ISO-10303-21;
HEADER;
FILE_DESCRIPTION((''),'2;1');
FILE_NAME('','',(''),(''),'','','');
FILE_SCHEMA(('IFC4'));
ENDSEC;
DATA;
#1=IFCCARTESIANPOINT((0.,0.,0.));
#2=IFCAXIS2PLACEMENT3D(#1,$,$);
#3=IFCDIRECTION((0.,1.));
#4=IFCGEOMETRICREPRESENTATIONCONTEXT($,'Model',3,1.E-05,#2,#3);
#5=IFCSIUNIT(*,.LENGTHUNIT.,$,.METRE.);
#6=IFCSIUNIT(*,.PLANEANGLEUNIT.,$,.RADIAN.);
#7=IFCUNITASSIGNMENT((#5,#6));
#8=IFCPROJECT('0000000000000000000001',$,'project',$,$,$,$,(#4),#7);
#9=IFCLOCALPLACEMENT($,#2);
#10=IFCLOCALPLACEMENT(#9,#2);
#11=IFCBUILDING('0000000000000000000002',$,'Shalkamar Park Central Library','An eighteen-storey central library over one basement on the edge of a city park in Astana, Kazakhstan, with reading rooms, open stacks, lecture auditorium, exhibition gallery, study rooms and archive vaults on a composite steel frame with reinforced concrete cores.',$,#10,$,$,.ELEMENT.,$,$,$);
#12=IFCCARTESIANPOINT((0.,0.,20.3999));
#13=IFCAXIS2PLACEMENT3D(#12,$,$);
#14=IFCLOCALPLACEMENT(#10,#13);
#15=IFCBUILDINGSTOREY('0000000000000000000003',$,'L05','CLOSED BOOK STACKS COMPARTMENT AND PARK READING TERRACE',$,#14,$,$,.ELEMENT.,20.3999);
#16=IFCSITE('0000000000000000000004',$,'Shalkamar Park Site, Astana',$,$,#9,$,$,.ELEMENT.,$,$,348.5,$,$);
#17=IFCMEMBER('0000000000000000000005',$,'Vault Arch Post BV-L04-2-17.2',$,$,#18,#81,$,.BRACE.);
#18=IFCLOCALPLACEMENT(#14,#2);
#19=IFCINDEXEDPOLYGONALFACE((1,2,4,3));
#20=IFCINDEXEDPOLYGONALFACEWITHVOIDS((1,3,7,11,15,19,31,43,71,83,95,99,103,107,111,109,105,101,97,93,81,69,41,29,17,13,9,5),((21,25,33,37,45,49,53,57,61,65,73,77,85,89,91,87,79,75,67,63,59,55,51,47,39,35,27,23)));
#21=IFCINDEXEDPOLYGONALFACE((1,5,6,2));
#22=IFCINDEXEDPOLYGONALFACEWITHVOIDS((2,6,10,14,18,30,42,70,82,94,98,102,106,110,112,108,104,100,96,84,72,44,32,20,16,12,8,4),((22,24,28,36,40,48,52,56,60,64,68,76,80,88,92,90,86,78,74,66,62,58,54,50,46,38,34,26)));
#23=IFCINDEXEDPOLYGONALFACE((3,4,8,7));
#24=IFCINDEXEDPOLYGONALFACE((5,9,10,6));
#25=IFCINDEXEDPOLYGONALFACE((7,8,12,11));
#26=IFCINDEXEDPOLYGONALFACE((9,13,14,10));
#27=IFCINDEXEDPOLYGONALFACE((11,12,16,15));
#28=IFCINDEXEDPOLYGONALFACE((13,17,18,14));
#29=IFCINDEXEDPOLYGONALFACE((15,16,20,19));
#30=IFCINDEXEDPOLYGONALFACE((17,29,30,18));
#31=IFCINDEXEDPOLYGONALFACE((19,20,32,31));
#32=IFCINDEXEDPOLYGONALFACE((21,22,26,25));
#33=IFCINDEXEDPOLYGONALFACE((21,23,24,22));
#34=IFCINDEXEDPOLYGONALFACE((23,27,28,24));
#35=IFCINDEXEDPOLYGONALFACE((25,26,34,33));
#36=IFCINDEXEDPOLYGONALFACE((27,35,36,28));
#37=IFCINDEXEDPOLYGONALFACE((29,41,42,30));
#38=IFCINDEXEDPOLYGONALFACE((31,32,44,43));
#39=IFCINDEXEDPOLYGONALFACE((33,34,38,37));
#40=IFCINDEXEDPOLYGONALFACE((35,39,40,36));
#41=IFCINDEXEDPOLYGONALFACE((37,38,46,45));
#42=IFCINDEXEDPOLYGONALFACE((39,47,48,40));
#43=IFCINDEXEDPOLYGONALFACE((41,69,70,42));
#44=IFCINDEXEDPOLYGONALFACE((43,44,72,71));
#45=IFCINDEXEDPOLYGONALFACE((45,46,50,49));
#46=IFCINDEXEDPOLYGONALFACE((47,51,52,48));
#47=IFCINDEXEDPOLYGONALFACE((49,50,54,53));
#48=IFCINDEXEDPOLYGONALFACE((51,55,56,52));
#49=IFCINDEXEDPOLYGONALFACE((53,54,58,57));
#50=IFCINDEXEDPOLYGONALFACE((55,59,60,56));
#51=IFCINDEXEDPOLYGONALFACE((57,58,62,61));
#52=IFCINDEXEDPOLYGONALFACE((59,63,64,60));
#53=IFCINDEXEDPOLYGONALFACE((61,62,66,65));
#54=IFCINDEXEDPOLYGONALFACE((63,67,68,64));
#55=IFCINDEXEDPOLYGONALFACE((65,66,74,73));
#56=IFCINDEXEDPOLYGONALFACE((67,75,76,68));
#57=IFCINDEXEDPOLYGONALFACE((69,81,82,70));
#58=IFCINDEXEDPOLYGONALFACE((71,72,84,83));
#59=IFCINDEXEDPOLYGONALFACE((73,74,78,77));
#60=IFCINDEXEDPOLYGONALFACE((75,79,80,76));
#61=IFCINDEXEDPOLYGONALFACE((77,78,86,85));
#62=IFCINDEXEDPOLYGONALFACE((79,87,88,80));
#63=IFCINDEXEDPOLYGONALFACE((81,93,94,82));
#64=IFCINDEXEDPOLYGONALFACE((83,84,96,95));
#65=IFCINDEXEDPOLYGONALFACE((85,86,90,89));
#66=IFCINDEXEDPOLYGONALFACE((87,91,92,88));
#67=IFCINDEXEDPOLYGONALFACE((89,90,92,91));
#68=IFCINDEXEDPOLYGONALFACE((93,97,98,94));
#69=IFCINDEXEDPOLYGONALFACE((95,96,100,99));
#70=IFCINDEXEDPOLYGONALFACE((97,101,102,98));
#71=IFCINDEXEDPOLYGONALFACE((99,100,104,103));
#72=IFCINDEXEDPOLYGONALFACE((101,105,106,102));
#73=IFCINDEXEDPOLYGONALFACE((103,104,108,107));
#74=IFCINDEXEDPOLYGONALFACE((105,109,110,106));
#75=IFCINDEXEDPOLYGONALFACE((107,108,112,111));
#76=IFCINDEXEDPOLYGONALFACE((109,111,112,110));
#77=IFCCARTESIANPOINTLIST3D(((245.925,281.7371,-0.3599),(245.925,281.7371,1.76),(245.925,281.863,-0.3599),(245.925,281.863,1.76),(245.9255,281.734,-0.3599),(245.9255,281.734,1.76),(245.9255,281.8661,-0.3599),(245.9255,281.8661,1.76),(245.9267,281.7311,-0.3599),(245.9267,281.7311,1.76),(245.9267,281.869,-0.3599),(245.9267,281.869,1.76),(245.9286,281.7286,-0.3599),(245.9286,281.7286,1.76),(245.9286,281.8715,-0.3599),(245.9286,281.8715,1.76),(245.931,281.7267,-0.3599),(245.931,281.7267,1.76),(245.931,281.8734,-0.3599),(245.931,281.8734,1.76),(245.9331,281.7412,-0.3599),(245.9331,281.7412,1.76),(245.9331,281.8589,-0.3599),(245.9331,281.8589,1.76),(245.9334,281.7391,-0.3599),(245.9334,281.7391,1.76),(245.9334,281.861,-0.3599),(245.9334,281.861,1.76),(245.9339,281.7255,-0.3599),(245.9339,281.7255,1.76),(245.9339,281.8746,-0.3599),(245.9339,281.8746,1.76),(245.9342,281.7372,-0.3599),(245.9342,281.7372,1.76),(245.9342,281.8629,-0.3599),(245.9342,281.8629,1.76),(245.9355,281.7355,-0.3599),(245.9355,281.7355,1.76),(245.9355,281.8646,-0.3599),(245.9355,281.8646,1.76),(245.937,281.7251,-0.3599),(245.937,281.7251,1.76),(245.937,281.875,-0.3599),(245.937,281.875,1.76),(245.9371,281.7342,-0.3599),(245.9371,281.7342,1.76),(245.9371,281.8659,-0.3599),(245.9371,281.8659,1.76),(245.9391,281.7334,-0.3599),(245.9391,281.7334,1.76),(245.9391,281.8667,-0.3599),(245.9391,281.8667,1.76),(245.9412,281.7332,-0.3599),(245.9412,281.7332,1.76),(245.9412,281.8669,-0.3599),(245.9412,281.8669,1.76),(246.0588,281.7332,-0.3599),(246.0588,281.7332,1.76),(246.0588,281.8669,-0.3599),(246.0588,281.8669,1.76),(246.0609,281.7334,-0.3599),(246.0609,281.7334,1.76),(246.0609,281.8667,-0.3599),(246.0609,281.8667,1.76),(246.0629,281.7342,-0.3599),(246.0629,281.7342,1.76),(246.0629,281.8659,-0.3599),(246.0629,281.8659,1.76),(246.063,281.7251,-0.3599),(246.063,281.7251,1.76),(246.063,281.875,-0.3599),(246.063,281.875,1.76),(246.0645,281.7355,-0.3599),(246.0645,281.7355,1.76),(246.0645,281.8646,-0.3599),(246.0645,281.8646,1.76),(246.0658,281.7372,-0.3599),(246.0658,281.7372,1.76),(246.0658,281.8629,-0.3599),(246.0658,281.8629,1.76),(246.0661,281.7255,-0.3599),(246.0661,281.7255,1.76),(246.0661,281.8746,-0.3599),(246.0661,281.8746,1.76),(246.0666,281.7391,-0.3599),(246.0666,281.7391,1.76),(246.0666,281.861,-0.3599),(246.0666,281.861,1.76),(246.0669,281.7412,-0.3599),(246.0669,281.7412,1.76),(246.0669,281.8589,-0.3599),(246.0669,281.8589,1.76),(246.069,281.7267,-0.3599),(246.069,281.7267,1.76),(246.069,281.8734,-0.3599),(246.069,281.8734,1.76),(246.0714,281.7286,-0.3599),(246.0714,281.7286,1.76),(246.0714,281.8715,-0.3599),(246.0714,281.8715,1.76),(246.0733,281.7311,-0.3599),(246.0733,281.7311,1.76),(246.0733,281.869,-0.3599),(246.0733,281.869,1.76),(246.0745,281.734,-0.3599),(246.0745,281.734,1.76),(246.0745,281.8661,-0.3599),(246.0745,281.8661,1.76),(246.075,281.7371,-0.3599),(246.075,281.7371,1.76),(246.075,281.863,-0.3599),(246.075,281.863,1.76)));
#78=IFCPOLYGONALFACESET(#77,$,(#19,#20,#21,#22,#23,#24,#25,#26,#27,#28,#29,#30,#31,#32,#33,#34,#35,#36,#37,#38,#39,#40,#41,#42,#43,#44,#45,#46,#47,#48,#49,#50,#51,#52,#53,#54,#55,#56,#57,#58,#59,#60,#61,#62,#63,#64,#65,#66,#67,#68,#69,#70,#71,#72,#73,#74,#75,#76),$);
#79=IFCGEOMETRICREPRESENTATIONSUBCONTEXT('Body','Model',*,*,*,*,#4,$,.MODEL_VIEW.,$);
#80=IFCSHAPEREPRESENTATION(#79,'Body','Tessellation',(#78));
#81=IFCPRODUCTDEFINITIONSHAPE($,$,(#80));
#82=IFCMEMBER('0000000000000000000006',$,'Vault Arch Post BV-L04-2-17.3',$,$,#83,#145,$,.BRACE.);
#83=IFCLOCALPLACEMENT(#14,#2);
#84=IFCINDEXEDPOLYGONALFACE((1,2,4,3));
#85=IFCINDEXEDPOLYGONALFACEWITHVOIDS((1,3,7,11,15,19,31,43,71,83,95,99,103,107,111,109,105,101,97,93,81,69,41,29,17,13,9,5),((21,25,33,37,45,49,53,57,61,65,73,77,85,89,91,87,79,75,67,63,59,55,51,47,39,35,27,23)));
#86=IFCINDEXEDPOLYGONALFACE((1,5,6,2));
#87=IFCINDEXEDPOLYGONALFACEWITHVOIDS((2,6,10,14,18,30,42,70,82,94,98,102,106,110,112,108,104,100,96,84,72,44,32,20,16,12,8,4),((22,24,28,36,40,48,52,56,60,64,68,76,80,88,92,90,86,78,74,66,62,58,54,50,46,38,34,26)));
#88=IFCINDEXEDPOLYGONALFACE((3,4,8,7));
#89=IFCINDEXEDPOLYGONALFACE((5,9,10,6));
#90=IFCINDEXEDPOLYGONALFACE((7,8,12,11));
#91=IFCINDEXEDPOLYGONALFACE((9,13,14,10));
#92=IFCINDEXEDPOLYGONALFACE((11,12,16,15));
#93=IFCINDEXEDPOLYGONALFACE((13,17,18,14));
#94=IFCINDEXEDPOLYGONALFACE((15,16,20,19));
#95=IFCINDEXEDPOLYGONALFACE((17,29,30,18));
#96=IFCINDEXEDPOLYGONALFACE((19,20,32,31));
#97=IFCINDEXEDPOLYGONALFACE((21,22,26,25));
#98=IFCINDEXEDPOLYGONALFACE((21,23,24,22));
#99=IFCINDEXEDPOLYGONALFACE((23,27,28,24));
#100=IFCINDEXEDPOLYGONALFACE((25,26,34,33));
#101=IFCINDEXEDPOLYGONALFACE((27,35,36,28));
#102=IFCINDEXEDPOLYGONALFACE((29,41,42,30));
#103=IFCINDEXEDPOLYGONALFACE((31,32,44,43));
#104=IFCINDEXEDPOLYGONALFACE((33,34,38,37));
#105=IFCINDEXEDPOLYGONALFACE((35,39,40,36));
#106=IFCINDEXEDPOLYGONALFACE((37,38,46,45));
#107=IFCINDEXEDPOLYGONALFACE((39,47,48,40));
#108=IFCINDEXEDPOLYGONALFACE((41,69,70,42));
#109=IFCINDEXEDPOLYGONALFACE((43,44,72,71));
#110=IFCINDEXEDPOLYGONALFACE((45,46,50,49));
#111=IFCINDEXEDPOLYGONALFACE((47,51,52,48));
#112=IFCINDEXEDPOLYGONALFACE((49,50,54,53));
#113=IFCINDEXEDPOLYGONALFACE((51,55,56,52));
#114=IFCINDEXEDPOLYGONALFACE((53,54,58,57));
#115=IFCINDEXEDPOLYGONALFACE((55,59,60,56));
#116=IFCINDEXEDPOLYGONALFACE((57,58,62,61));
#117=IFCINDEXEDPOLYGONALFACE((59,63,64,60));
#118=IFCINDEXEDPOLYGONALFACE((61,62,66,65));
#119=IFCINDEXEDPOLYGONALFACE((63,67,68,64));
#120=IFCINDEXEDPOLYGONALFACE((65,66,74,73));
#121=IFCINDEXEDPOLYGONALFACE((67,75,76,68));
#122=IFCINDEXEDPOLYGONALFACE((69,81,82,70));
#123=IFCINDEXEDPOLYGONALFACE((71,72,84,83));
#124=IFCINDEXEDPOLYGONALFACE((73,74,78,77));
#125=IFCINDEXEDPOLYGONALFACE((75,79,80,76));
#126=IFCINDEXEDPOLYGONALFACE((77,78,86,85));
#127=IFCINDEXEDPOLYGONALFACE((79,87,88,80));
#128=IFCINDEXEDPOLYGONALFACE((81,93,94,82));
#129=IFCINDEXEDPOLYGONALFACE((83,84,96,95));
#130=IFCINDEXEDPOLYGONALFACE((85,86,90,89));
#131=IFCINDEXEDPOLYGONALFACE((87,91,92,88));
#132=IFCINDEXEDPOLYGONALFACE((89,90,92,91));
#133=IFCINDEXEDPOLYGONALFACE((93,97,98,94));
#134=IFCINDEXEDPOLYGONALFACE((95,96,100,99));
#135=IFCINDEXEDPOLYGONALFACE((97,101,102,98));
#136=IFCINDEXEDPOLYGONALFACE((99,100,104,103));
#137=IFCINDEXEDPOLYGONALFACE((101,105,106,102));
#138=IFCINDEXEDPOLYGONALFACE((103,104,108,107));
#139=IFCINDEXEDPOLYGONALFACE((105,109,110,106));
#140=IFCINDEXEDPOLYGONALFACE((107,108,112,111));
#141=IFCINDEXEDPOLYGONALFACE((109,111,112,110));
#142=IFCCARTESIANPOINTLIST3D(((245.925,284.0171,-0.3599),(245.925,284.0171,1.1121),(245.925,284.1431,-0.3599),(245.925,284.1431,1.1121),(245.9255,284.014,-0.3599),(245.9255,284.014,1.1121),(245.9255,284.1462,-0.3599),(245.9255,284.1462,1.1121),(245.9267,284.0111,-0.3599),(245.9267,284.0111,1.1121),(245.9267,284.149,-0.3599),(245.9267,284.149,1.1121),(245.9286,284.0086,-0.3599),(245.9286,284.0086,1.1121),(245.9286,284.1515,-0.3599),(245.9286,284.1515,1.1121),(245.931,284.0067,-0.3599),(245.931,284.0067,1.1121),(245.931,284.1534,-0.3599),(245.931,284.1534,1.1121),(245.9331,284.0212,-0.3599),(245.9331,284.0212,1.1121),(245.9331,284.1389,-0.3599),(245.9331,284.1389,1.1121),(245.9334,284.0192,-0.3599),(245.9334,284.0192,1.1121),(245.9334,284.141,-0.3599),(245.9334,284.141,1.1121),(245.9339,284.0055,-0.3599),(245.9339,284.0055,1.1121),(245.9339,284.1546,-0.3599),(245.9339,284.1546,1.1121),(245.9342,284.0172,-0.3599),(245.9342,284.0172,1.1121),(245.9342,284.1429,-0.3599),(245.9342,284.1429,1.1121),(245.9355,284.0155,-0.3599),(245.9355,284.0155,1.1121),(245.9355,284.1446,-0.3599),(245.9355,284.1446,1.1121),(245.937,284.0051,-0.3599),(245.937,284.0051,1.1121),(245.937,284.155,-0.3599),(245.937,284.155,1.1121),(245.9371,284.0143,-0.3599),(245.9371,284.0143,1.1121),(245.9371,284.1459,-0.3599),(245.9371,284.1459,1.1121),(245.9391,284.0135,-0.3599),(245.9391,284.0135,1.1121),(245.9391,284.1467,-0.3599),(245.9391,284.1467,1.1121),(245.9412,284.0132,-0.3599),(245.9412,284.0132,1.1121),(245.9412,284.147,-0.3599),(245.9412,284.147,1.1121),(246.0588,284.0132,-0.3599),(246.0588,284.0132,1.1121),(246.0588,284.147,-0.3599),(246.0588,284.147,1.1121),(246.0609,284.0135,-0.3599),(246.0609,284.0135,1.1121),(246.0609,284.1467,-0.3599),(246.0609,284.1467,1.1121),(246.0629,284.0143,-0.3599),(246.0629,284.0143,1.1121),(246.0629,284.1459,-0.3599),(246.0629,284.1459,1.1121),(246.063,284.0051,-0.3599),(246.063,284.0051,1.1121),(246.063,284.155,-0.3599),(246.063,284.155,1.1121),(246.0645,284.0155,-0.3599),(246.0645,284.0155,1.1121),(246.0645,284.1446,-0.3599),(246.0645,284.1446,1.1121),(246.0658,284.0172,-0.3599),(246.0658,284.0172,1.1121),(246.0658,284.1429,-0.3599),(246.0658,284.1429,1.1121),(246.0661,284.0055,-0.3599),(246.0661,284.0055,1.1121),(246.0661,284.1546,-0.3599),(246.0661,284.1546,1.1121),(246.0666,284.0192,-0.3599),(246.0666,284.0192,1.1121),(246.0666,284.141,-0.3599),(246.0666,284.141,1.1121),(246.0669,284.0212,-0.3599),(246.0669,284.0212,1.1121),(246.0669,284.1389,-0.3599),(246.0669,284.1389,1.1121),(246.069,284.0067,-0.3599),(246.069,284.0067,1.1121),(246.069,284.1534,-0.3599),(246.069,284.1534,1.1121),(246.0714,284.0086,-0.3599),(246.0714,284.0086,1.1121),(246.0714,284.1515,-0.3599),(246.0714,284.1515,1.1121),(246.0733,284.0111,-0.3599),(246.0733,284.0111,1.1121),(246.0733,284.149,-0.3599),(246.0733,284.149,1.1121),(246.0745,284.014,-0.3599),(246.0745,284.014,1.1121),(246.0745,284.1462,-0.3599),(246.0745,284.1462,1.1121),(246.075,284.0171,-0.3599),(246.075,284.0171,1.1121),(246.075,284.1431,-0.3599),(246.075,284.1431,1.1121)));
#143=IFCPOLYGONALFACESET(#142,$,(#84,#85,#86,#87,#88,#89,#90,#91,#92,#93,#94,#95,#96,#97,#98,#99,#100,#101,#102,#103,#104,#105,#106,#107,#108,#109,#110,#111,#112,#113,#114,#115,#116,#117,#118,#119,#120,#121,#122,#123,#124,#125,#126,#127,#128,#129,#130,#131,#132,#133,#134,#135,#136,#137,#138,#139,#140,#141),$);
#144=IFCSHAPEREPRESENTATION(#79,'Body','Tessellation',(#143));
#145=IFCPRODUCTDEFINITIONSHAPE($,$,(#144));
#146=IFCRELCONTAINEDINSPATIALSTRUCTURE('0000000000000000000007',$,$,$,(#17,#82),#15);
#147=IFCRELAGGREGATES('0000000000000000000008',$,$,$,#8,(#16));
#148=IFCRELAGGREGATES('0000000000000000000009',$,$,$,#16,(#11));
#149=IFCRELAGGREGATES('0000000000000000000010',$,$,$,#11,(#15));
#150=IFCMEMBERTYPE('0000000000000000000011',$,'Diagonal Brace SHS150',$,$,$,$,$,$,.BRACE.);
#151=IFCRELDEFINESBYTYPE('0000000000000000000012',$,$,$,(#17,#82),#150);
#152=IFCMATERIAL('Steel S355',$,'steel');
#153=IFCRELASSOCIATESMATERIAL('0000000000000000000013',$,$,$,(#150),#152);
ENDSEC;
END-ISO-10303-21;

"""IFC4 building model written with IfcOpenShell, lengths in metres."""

from ifc_helpers import new_model, si_unit, direction, frame, origin, origin_2d, place, context, subcontext, project, spatial, hollow_rectangle, extrude, material, material_profile, profile_set, type_object, element, save


model = new_model("IFC4")

# Units and contexts
model_context = context("Model", 3, precision=1e-05, world=origin(), true_north=direction((0.0, 1.0)))
body_context = subcontext(model_context, "Body", "Model", "MODEL_VIEW")
ifc_project = project(units=[si_unit("LENGTHUNIT", "METRE"), si_unit("PLANEANGLEUNIT", "RADIAN")], contexts=[model_context])

# Site, building, storey
site_placement = place(None, origin())
site = spatial("IfcSite", under=ifc_project, at=site_placement, Name="Shalkamar Park Site, Astana", CompositionType="ELEMENT", RefElevation=348.5)
building_placement = place(site_placement, origin())
building = spatial("IfcBuilding", under=site, at=building_placement, Name="Shalkamar Park Central Library", Description="An eighteen-storey central library over one basement on the edge of a city park in Astana, Kazakhstan, with reading rooms, open stacks, lecture auditorium, exhibition gallery, study rooms and archive vaults on a composite steel frame with reinforced concrete cores.", CompositionType="ELEMENT")
storey_placement = place(building_placement, frame((0.0, 0.0, 20.3999)))
storey = spatial("IfcBuildingStorey", under=building, at=storey_placement, Name="L05", Description="CLOSED BOOK STACKS COMPARTMENT AND PARK READING TERRACE", CompositionType="ELEMENT", Elevation=20.3999)

# Members
ifc_material = material(Name="Steel S355", Category="steel")
ifc_material_profile_1 = material_profile(ifc_material, hollow_rectangle(XDim=0.1499, YDim=0.1499, WallThickness=0.0081, InnerFilletRadius=0.0081, OuterFilletRadius=0.012, at=origin_2d()), Name="SHS 150x150x8")
ifc_profile_set_1 = profile_set([ifc_material_profile_1], Name="Steel S355")
member_type_1 = type_object("IfcMemberType", Name="Diagonal Brace SHS150", PredefinedType="BRACE", material=ifc_profile_set_1)
member_1_placement = place(storey_placement, frame((246.0, 281.8, -0.3599), z_axis=(0.0, 0.0, 1.0), x_axis=(1.0, 0.0, 0.0)))
element("IfcMember", 1, at=member_1_placement, inside=storey, type_object=member_type_1, Name="Vault Arch Post BV-L04-2-17.2", PredefinedType="BRACE", context=body_context, shape_type="SweptSolid", body=[
    extrude(hollow_rectangle(XDim=0.1499, YDim=0.1499, WallThickness=0.0081, InnerFilletRadius=0.0081, OuterFilletRadius=0.012, at=origin_2d()), origin(), (0.0, 0.0, 1.0), 2.1199),
])
for number, where, z_axis, x_axis, name in (
    (2, (246.0, 284.0801, -0.3599), (0.0, 0.0, 1.0), (1.0, 0.0, 0.0), "Vault Arch Post BV-L04-2-17.3"),
):
    element("IfcMember", number, at=place(storey_placement, frame(where, z_axis=z_axis, x_axis=x_axis)), inside=storey, type_object=member_type_1, Name=name, PredefinedType="BRACE", context=body_context, shape_type="SweptSolid", body=[
        extrude(hollow_rectangle(XDim=0.1499, YDim=0.1499, WallThickness=0.0081, InnerFilletRadius=0.0081, OuterFilletRadius=0.012, at=origin_2d()), origin(), (0.0, 0.0, 1.0), 1.4719),
    ])

save(model, "model.ifc")
